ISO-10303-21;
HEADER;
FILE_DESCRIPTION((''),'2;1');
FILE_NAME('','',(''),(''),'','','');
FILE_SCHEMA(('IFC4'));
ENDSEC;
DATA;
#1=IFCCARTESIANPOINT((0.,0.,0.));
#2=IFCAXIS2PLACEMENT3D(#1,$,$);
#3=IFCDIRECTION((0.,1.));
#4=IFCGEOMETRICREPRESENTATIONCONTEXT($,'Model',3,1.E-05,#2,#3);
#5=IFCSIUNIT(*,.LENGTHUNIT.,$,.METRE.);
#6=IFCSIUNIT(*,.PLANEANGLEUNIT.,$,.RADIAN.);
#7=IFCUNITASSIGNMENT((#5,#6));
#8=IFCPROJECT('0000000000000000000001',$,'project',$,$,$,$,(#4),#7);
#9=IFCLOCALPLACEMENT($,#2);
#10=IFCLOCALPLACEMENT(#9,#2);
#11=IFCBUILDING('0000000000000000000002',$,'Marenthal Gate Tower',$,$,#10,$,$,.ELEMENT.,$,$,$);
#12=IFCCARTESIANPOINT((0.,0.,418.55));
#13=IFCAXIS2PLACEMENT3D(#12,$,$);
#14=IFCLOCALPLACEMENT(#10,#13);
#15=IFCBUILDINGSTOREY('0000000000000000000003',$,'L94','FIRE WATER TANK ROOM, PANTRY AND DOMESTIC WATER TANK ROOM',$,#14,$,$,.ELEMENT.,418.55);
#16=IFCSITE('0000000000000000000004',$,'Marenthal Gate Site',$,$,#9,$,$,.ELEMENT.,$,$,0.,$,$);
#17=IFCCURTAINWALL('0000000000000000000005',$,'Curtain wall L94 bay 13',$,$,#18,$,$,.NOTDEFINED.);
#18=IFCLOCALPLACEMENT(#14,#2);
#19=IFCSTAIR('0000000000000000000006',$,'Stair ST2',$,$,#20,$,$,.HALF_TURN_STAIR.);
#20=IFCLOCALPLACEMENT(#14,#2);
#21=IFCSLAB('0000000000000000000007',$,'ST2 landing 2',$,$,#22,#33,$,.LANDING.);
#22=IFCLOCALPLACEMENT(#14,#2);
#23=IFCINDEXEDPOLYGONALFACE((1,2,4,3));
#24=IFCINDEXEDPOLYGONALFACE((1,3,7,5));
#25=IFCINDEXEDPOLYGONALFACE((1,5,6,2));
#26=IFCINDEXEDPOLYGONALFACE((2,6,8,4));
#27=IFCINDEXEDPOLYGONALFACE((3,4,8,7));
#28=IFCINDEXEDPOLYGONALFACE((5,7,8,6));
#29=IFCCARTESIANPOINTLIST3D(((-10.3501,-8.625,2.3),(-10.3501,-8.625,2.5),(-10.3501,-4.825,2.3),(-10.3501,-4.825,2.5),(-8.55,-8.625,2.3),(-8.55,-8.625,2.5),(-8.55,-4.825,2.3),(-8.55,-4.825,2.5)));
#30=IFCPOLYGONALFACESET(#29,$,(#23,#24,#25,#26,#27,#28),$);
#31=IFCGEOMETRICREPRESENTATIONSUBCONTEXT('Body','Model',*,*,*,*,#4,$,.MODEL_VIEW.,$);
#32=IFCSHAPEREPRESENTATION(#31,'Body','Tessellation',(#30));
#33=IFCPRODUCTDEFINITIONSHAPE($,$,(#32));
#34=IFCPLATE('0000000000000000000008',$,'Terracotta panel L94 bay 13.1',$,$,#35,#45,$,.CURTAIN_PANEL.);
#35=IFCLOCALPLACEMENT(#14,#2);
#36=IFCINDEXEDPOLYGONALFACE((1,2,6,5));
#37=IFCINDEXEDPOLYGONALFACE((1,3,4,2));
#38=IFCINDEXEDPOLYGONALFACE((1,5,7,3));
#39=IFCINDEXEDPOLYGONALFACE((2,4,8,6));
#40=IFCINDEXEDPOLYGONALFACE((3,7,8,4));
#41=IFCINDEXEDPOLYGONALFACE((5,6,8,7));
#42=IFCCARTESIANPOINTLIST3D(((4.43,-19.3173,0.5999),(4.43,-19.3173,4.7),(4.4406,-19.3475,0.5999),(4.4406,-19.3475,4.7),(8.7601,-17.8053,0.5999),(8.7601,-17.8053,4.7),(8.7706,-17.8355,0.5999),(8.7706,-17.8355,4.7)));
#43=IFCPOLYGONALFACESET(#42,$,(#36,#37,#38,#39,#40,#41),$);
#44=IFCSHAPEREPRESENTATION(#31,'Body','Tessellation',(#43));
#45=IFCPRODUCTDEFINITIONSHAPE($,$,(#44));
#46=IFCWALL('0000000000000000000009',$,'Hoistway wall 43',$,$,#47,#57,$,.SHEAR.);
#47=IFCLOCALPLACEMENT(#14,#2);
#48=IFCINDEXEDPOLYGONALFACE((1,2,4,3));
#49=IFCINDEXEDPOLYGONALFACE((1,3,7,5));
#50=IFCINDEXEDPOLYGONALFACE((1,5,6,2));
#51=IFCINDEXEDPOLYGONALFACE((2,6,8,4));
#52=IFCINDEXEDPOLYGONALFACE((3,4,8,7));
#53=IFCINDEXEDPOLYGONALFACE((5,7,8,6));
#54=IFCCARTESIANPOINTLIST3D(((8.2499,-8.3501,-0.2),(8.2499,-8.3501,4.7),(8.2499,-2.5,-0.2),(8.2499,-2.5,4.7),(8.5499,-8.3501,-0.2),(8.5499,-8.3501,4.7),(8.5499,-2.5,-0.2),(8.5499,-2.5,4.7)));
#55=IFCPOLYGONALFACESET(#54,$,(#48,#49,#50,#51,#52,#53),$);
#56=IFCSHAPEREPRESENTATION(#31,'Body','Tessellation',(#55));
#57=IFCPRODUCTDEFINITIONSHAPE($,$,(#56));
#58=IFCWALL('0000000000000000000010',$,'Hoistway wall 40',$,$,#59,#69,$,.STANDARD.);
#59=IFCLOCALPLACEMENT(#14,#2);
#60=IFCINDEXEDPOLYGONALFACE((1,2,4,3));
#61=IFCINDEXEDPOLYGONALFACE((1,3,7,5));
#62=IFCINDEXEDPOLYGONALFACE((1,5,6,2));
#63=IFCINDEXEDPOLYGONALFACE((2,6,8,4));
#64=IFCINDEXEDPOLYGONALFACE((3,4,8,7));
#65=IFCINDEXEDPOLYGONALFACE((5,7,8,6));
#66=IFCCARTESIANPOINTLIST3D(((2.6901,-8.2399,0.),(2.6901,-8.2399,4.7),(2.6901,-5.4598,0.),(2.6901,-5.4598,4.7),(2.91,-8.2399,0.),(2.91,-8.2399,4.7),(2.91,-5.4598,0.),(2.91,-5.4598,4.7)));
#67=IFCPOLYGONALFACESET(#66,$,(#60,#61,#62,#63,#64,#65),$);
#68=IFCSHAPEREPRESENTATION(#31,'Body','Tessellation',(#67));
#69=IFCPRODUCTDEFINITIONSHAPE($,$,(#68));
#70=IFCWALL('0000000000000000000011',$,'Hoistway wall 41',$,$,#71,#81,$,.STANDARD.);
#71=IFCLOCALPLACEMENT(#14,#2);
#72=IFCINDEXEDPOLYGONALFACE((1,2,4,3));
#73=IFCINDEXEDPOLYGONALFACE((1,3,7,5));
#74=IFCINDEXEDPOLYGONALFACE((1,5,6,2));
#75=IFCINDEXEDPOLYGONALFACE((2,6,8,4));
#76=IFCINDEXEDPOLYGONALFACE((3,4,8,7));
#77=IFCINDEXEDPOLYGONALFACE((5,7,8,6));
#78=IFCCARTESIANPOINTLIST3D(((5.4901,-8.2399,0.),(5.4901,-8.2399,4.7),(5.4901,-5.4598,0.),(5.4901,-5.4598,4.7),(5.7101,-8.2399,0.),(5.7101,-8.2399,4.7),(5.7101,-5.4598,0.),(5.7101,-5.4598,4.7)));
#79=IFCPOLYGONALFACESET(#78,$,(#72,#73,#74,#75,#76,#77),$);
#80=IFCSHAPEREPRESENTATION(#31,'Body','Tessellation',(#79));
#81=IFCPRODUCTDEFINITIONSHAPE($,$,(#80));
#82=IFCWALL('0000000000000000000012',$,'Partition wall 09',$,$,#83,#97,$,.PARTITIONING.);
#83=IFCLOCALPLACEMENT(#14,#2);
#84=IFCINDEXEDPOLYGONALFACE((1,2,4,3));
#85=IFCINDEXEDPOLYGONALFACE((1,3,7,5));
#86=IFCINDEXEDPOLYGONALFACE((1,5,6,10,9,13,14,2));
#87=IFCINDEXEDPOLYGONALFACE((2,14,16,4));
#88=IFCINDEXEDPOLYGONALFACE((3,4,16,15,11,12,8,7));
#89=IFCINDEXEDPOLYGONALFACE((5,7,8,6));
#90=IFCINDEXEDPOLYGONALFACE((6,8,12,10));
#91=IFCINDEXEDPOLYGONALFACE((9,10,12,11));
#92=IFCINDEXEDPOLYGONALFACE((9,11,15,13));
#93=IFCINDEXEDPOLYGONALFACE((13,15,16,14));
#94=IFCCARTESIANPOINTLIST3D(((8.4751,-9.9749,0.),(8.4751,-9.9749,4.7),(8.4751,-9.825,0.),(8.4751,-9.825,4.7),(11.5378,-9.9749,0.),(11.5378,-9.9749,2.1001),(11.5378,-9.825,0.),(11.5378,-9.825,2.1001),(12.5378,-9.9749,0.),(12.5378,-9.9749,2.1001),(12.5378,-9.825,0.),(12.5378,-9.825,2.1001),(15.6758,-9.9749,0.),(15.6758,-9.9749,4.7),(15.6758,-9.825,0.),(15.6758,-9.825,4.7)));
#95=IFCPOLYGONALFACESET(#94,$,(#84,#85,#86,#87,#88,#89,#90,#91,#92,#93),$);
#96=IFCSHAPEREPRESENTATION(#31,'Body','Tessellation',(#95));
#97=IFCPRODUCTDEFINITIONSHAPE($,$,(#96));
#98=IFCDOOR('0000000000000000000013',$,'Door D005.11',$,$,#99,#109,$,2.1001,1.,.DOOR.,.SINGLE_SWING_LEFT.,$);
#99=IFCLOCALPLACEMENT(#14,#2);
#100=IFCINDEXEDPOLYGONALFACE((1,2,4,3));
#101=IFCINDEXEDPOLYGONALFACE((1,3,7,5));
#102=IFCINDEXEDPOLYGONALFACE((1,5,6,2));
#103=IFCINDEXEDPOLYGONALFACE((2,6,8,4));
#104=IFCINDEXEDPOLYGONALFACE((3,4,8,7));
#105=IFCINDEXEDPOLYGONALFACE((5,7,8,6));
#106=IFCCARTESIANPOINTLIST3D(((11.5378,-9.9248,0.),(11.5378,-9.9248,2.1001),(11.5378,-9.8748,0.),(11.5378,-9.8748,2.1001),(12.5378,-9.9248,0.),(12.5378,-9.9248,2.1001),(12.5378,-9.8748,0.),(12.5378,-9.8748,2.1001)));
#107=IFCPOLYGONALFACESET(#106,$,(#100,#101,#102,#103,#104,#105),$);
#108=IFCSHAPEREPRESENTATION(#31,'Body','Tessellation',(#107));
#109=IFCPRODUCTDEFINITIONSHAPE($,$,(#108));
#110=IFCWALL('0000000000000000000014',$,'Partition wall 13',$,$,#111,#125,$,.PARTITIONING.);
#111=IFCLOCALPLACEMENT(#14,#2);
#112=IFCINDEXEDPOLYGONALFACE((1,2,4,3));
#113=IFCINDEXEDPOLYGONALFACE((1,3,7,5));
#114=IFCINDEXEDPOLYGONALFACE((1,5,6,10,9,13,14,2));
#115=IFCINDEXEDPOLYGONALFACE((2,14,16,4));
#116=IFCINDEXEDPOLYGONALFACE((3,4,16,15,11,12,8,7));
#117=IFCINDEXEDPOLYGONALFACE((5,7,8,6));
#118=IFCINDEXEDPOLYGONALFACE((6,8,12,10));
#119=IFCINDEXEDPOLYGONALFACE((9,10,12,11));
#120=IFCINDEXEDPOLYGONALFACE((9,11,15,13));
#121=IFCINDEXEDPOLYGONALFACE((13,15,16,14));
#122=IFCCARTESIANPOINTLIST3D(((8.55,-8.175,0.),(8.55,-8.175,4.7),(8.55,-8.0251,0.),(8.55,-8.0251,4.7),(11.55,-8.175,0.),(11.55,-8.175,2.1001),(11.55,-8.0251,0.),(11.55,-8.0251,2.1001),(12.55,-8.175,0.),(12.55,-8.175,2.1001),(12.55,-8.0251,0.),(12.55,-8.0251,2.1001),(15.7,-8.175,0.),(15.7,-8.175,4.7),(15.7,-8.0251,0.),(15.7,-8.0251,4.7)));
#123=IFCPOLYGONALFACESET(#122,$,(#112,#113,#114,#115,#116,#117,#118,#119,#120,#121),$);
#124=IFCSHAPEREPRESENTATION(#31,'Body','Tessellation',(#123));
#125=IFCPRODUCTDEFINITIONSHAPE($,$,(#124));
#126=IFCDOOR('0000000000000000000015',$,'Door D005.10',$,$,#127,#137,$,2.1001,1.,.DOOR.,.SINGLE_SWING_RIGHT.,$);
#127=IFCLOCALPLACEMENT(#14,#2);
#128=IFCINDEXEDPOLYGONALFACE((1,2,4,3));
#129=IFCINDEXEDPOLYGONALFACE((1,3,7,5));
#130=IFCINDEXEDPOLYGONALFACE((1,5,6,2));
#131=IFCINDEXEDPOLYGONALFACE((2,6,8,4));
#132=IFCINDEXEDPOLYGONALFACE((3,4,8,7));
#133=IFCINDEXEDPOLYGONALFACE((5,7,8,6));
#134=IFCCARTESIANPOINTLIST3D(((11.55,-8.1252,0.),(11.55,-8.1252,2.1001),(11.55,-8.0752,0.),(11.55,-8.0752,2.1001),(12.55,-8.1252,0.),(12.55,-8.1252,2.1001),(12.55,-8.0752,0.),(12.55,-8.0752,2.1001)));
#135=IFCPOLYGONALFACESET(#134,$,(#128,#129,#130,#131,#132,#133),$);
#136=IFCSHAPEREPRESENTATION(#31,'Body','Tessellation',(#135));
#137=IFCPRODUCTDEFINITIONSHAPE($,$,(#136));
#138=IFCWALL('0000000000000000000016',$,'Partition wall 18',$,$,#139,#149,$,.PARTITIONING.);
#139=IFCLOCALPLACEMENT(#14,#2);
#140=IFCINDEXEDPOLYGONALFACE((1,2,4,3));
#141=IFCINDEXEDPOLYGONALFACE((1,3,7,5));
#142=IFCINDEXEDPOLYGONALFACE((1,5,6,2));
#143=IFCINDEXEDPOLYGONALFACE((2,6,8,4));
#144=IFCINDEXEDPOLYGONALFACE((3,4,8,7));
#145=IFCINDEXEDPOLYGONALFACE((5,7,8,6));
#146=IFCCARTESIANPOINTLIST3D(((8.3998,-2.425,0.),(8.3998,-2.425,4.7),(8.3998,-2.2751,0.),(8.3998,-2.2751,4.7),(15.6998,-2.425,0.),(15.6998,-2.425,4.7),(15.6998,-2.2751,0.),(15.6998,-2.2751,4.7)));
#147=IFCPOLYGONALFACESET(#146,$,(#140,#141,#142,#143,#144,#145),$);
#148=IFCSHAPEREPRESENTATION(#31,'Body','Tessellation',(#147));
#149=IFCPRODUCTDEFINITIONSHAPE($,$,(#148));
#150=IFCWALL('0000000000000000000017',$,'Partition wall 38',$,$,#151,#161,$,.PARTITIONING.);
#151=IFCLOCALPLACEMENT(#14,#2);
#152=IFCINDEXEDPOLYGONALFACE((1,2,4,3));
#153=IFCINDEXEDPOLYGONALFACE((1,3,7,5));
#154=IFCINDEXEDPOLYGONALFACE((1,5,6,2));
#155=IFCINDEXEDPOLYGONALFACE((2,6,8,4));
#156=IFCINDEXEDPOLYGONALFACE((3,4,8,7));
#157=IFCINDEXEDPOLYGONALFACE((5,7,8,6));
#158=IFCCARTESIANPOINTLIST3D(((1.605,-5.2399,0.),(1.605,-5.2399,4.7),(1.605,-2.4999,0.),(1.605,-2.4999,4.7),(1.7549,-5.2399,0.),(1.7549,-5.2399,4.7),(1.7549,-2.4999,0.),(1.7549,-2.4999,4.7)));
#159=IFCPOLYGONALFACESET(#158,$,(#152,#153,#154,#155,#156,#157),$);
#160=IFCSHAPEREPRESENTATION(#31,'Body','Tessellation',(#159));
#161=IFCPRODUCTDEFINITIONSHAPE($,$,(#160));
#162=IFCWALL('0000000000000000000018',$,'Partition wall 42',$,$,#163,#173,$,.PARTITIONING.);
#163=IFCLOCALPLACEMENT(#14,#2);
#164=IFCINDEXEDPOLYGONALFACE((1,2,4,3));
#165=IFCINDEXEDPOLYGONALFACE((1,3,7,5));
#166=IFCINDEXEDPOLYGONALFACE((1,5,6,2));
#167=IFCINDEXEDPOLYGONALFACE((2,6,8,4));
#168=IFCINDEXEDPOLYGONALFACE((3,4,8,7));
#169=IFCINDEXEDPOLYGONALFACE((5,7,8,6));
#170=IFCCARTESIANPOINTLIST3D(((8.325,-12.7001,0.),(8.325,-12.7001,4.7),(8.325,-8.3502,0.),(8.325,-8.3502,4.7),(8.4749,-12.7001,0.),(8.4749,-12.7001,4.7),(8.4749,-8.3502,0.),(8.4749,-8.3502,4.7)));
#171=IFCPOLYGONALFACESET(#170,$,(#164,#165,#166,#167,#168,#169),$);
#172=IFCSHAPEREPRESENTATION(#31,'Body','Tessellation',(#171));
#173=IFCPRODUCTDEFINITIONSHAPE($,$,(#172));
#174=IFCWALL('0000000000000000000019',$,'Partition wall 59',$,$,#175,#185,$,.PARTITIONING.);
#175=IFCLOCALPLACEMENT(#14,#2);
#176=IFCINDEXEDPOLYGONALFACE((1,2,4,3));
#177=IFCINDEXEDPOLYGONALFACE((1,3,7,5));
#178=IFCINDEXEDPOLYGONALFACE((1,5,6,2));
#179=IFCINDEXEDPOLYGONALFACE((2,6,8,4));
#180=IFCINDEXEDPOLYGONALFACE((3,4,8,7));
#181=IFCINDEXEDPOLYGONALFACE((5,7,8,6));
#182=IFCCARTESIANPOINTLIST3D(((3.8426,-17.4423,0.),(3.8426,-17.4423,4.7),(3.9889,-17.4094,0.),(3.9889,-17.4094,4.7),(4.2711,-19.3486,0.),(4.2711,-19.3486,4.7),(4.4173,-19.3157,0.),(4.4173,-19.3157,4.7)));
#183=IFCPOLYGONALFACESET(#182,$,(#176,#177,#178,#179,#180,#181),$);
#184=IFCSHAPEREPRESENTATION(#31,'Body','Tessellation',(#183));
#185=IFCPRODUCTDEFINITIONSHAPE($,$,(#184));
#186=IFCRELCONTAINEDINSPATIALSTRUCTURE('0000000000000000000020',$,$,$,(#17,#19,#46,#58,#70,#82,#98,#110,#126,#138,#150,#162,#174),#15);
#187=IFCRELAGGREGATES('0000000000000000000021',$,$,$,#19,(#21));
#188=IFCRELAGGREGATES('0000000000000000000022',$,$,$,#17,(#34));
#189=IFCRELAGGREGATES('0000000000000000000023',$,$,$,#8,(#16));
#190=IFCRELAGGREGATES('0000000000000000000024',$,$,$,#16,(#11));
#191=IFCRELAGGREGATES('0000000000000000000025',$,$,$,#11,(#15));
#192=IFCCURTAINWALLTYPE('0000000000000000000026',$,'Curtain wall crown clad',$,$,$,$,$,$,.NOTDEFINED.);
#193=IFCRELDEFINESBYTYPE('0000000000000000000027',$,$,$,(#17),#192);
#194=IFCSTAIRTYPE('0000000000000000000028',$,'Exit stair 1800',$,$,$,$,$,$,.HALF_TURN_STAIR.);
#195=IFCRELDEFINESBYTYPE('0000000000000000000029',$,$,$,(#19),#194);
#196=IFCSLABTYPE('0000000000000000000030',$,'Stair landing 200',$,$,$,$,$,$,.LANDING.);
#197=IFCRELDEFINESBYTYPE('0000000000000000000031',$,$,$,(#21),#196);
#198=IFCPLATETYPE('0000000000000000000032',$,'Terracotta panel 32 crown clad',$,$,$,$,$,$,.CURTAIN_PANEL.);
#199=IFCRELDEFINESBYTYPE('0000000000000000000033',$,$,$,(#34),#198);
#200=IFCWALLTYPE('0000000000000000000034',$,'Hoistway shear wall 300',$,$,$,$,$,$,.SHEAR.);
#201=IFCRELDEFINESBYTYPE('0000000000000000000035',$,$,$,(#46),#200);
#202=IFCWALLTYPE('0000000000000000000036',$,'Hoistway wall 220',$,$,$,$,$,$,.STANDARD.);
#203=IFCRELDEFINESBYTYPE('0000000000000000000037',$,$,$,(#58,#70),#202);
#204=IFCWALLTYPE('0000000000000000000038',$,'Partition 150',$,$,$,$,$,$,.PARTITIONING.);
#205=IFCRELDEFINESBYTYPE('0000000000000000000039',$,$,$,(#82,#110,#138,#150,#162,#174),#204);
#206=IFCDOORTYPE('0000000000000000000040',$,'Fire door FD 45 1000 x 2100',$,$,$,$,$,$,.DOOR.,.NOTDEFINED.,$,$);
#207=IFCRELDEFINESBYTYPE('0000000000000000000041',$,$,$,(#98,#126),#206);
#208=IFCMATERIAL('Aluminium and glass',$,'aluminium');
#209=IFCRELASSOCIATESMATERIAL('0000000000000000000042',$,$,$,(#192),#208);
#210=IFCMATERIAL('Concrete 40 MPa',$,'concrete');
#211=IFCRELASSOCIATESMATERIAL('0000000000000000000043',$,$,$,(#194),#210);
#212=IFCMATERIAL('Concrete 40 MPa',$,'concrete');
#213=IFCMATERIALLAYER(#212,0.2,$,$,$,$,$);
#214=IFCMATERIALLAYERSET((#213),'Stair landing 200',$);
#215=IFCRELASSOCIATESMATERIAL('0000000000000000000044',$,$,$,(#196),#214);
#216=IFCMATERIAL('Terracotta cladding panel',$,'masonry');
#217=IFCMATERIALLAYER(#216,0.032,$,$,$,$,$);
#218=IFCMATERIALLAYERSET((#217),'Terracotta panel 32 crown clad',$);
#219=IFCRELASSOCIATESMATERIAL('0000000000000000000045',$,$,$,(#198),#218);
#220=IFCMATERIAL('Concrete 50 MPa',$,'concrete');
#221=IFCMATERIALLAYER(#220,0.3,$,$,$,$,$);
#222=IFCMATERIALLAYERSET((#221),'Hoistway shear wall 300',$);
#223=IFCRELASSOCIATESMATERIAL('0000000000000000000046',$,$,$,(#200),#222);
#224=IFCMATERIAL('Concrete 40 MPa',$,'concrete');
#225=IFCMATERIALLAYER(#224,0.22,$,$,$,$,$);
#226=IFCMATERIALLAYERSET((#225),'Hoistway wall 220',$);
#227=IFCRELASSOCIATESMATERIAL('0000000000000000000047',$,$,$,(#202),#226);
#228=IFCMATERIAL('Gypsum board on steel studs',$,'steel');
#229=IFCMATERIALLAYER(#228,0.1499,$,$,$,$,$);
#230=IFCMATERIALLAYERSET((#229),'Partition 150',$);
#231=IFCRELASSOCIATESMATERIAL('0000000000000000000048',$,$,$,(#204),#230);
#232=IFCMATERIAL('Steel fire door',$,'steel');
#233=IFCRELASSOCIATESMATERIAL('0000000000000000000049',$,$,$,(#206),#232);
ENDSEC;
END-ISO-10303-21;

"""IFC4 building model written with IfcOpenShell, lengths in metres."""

from ifc_helpers import new_model, si_unit, direction, frame, frame_2d, origin, origin_2d, place, context, subcontext, project, spatial, polyline, rectangle, outline, extrude, material, layer, layer_set, type_object, element, fill, aggregate, save


model = new_model("IFC4")

# Units and contexts
model_context = context("Model", 3, precision=1e-05, world=origin(), true_north=direction((0.0, 1.0)))
body_context = subcontext(model_context, "Body", "Model", "MODEL_VIEW")
ifc_project = project(units=[si_unit("LENGTHUNIT", "METRE"), si_unit("PLANEANGLEUNIT", "RADIAN")], contexts=[model_context])

# Site, building, storey
site_placement = place(None, origin())
site = spatial("IfcSite", under=ifc_project, at=site_placement, Name="Marenthal Gate Site", CompositionType="ELEMENT", RefElevation=0.0)
building_placement = place(site_placement, origin())
building = spatial("IfcBuilding", under=site, at=building_placement, Name="Marenthal Gate Tower", CompositionType="ELEMENT")
storey_placement = place(building_placement, frame((0.0, 0.0, 418.55)))
storey = spatial("IfcBuildingStorey", under=building, at=storey_placement, Name="L94", Description="FIRE WATER TANK ROOM, PANTRY AND DOMESTIC WATER TANK ROOM", CompositionType="ELEMENT", Elevation=418.55)

# Curtain wall
ifc_material_1 = material(Name="Aluminium and glass", Category="aluminium")
curtain_wall_type_1 = type_object("IfcCurtainWallType", Name="Curtain wall crown clad", PredefinedType="NOTDEFINED", material=ifc_material_1)
curtain_wall_1_placement = place(storey_placement, origin())
curtain_wall_1 = element("IfcCurtainWall", 1, at=curtain_wall_1_placement, inside=storey, type_object=curtain_wall_type_1, Name="Curtain wall L94 bay 13", PredefinedType="NOTDEFINED")

# Stair, slab
ifc_material_2 = material(Name="Concrete 40 MPa", Category="concrete")
stair_type = type_object("IfcStairType", Name="Exit stair 1800", PredefinedType="HALF_TURN_STAIR", material=ifc_material_2)
ifc_material_3 = material(Name="Concrete 40 MPa", Category="concrete")
ifc_layer_1 = layer(ifc_material_3, 0.2)
ifc_layer_set_1 = layer_set([ifc_layer_1], Name="Stair landing 200")
slab_type_1 = type_object("IfcSlabType", Name="Stair landing 200", PredefinedType="LANDING", material=ifc_layer_set_1)
stair_1_placement = place(storey_placement, origin())
stair_1 = element("IfcStair", 2, at=stair_1_placement, inside=storey, type_object=stair_type, Name="Stair ST2", PredefinedType="HALF_TURN_STAIR")
slab_1_placement = place(storey_placement, frame((0.0, 0.0, 2.3)))
slab_1 = element("IfcSlab", 3, at=slab_1_placement, type_object=slab_type_1, Name="ST2 landing 2", PredefinedType="LANDING", context=body_context, shape_type="SweptSolid", body=[
    extrude(outline(polyline([(-10.3501, -8.625), (-8.55, -8.625), (-8.55, -4.825), (-10.3501, -4.825), (-10.3501, -8.625)])), origin(), (0.0, 0.0, 1.0), 0.2),
])
aggregate(stair_1, [slab_1])

# Plate
ifc_material_4 = material(Name="Terracotta cladding panel", Category="masonry")
ifc_layer_2 = layer(ifc_material_4, 0.032)
ifc_layer_set_2 = layer_set([ifc_layer_2], Name="Terracotta panel 32 crown clad")
plate_type_1 = type_object("IfcPlateType", Name="Terracotta panel 32 crown clad", PredefinedType="CURTAIN_PANEL", material=ifc_layer_set_2)
plate_1_placement = place(storey_placement, frame((6.6003, -18.5764, 0.5999), z_axis=(0.0, 0.0, 1.0), x_axis=(0.944101, 0.329655, 0.0)))
plate_1 = element("IfcPlate", 4, at=plate_1_placement, type_object=plate_type_1, Name="Terracotta panel L94 bay 13.1", PredefinedType="CURTAIN_PANEL", context=body_context, shape_type="SweptSolid", body=[
    extrude(rectangle(XDim=4.5864, YDim=0.032, at=origin_2d()), origin(), (0.0, 0.0, 1.0), 4.1001),
])
aggregate(curtain_wall_1, [plate_1])

# Walls
ifc_material_5 = material(Name="Concrete 50 MPa", Category="concrete")
ifc_layer_3 = layer(ifc_material_5, 0.3)
ifc_layer_set_3 = layer_set([ifc_layer_3], Name="Hoistway shear wall 300")
wall_type_1 = type_object("IfcWallType", Name="Hoistway shear wall 300", PredefinedType="SHEAR", material=ifc_layer_set_3)
wall_1_placement = place(storey_placement, frame((8.3999, -8.3501, -0.2), z_axis=(0.0, 0.0, 1.0), x_axis=(0.0, 1.0, 0.0)))
element("IfcWall", 5, at=wall_1_placement, inside=storey, type_object=wall_type_1, Name="Hoistway wall 43", PredefinedType="SHEAR", context=body_context, shape_type="SweptSolid", body=[
    extrude(rectangle(XDim=5.8501, YDim=0.3, at=frame_2d((2.925, 0.0))), origin(), (0.0, 0.0, 1.0), 4.8999),
])
ifc_material_6 = material(Name="Concrete 40 MPa", Category="concrete")
ifc_layer_4 = layer(ifc_material_6, 0.22)
ifc_layer_set_4 = layer_set([ifc_layer_4], Name="Hoistway wall 220")
wall_type_2 = type_object("IfcWallType", Name="Hoistway wall 220", PredefinedType="STANDARD", material=ifc_layer_set_4)
for number, where, z_axis, x_axis, name in (
    (6, (2.8, -8.24, 0.0), (0.0, 0.0, 1.0), (0.0, 1.0, 0.0), "Hoistway wall 40"),
    (7, (5.6001, -8.24, 0.0), (0.0, 0.0, 1.0), (0.0, 1.0, 0.0), "Hoistway wall 41"),
):
    element("IfcWall", number, at=place(storey_placement, frame(where, z_axis=z_axis, x_axis=x_axis)), inside=storey, type_object=wall_type_2, Name=name, PredefinedType="STANDARD", context=body_context, shape_type="SweptSolid", body=[
        extrude(rectangle(XDim=2.78, YDim=0.22, at=frame_2d((1.3901, 0.0))), origin(), (0.0, 0.0, 1.0), 4.7),
    ])

# Walls, openings, doors
ifc_material_7 = material(Name="Gypsum board on steel studs", Category="steel")
ifc_layer_5 = layer(ifc_material_7, 0.1499)
ifc_layer_set_5 = layer_set([ifc_layer_5], Name="Partition 150")
wall_type_3 = type_object("IfcWallType", Name="Partition 150", PredefinedType="PARTITIONING", material=ifc_layer_set_5)
wall_2_placement = place(storey_placement, frame((8.4751, -9.8999, 0.0), z_axis=(0.0, 0.0, 1.0), x_axis=(1.0, 0.0, 0.0)))
wall_2 = element("IfcWall", 8, at=wall_2_placement, inside=storey, type_object=wall_type_3, Name="Partition wall 09", PredefinedType="PARTITIONING", context=body_context, shape_type="SweptSolid", body=[
    extrude(rectangle(XDim=7.2007, YDim=0.1499, at=frame_2d((3.6003, 0.0))), origin(), (0.0, 0.0, 1.0), 4.7),
])
opening_1_placement = place(wall_2_placement, frame((3.0627, 0.0, 0.0)))
opening_1 = element("IfcOpeningElement", 9, at=opening_1_placement, cuts=wall_2, PredefinedType="OPENING", context=body_context, shape_type="SweptSolid", body=[
    extrude(rectangle(XDim=1.0, YDim=2.1001, at=frame_2d((0.5, 1.05))), frame((0.0, 0.085, 0.0), z_axis=(0.0, -1.0, 0.0), x_axis=(1.0, 0.0, 0.0)), (0.0, 0.0, 1.0), 0.1699),
])
ifc_material_8 = material(Name="Steel fire door", Category="steel")
door_type = type_object("IfcDoorType", Name="Fire door FD 45 1000 x 2100", OperationType="NOTDEFINED", PredefinedType="DOOR", material=ifc_material_8)
door_1_placement = place(opening_1_placement, frame((1.0, 0.0, 0.0), z_axis=(0.0, 0.0, 1.0), x_axis=(-1.0, 0.0, 0.0)))
door_1 = element("IfcDoor", 10, at=door_1_placement, inside=storey, type_object=door_type, Name="Door D005.11", OperationType="SINGLE_SWING_LEFT", OverallHeight=2.1001, OverallWidth=1.0, PredefinedType="DOOR", context=body_context, shape_type="SweptSolid", body=[
    extrude(rectangle(XDim=1.0, YDim=2.1001, at=frame_2d((0.5, 1.05))), frame((0.0, 0.0249, 0.0), z_axis=(0.0, -1.0, 0.0), x_axis=(1.0, 0.0, 0.0)), (0.0, 0.0, 1.0), 0.05),
])
fill(opening_1, door_1)
wall_3_placement = place(storey_placement, frame((8.55, -8.1001, 0.0), z_axis=(0.0, 0.0, 1.0), x_axis=(1.0, 0.0, 0.0)))
wall_3 = element("IfcWall", 11, at=wall_3_placement, inside=storey, type_object=wall_type_3, Name="Partition wall 13", PredefinedType="PARTITIONING", context=body_context, shape_type="SweptSolid", body=[
    extrude(rectangle(XDim=7.1499, YDim=0.1499, at=frame_2d((3.575, 0.0))), origin(), (0.0, 0.0, 1.0), 4.7),
])
opening_2_placement = place(wall_3_placement, frame((3.0, 0.0, 0.0)))
opening_2 = element("IfcOpeningElement", 12, at=opening_2_placement, cuts=wall_3, PredefinedType="OPENING", context=body_context, shape_type="SweptSolid", body=[
    extrude(rectangle(XDim=1.0, YDim=2.1001, at=frame_2d((0.5, 1.05))), frame((0.0, 0.085, 0.0), z_axis=(0.0, -1.0, 0.0), x_axis=(1.0, 0.0, 0.0)), (0.0, 0.0, 1.0), 0.1699),
])
door_2_placement = place(opening_2_placement, origin())
door_2 = element("IfcDoor", 13, at=door_2_placement, inside=storey, type_object=door_type, Name="Door D005.10", OperationType="SINGLE_SWING_RIGHT", OverallHeight=2.1001, OverallWidth=1.0, PredefinedType="DOOR", context=body_context, shape_type="SweptSolid", body=[
    extrude(rectangle(XDim=1.0, YDim=2.1001, at=frame_2d((0.5, 1.05))), frame((0.0, 0.0249, 0.0), z_axis=(0.0, -1.0, 0.0), x_axis=(1.0, 0.0, 0.0)), (0.0, 0.0, 1.0), 0.05),
])
fill(opening_2, door_2)

# Walls
wall_4_placement = place(storey_placement, frame((8.3999, -2.3501, 0.0), z_axis=(0.0, 0.0, 1.0), x_axis=(1.0, 0.0, 0.0)))
element("IfcWall", 14, at=wall_4_placement, inside=storey, type_object=wall_type_3, Name="Partition wall 18", PredefinedType="PARTITIONING", context=body_context, shape_type="SweptSolid", body=[
    extrude(rectangle(XDim=7.3, YDim=0.1499, at=frame_2d((3.6499, 0.0))), origin(), (0.0, 0.0, 1.0), 4.7),
])
wall_5_placement = place(storey_placement, frame((1.6799, -5.24, 0.0), z_axis=(0.0, 0.0, 1.0), x_axis=(0.0, 1.0, 0.0)))
element("IfcWall", 15, at=wall_5_placement, inside=storey, type_object=wall_type_3, Name="Partition wall 38", PredefinedType="PARTITIONING", context=body_context, shape_type="SweptSolid", body=[
    extrude(rectangle(XDim=2.74, YDim=0.1499, at=frame_2d((1.3701, 0.0))), origin(), (0.0, 0.0, 1.0), 4.7),
])
wall_6_placement = place(storey_placement, frame((8.3999, -12.7, 0.0), z_axis=(0.0, 0.0, 1.0), x_axis=(0.0, 1.0, 0.0)))
element("IfcWall", 16, at=wall_6_placement, inside=storey, type_object=wall_type_3, Name="Partition wall 42", PredefinedType="PARTITIONING", context=body_context, shape_type="SweptSolid", body=[
    extrude(rectangle(XDim=4.3499, YDim=0.1499, at=frame_2d((2.1748, 0.0))), origin(), (0.0, 0.0, 1.0), 4.7),
])
wall_7_placement = place(storey_placement, frame((4.3442, -19.3323, 0.0), z_axis=(0.0, 0.0, 1.0), x_axis=(-0.219298, 0.975658, 0.0)))
element("IfcWall", 17, at=wall_7_placement, inside=storey, type_object=wall_type_3, Name="Partition wall 59", PredefinedType="PARTITIONING", context=body_context, shape_type="SweptSolid", body=[
    extrude(rectangle(XDim=1.9539, YDim=0.1499, at=frame_2d((0.9771, 0.0))), origin(), (0.0, 0.0, 1.0), 4.7),
])

save(model, "model.ifc")
